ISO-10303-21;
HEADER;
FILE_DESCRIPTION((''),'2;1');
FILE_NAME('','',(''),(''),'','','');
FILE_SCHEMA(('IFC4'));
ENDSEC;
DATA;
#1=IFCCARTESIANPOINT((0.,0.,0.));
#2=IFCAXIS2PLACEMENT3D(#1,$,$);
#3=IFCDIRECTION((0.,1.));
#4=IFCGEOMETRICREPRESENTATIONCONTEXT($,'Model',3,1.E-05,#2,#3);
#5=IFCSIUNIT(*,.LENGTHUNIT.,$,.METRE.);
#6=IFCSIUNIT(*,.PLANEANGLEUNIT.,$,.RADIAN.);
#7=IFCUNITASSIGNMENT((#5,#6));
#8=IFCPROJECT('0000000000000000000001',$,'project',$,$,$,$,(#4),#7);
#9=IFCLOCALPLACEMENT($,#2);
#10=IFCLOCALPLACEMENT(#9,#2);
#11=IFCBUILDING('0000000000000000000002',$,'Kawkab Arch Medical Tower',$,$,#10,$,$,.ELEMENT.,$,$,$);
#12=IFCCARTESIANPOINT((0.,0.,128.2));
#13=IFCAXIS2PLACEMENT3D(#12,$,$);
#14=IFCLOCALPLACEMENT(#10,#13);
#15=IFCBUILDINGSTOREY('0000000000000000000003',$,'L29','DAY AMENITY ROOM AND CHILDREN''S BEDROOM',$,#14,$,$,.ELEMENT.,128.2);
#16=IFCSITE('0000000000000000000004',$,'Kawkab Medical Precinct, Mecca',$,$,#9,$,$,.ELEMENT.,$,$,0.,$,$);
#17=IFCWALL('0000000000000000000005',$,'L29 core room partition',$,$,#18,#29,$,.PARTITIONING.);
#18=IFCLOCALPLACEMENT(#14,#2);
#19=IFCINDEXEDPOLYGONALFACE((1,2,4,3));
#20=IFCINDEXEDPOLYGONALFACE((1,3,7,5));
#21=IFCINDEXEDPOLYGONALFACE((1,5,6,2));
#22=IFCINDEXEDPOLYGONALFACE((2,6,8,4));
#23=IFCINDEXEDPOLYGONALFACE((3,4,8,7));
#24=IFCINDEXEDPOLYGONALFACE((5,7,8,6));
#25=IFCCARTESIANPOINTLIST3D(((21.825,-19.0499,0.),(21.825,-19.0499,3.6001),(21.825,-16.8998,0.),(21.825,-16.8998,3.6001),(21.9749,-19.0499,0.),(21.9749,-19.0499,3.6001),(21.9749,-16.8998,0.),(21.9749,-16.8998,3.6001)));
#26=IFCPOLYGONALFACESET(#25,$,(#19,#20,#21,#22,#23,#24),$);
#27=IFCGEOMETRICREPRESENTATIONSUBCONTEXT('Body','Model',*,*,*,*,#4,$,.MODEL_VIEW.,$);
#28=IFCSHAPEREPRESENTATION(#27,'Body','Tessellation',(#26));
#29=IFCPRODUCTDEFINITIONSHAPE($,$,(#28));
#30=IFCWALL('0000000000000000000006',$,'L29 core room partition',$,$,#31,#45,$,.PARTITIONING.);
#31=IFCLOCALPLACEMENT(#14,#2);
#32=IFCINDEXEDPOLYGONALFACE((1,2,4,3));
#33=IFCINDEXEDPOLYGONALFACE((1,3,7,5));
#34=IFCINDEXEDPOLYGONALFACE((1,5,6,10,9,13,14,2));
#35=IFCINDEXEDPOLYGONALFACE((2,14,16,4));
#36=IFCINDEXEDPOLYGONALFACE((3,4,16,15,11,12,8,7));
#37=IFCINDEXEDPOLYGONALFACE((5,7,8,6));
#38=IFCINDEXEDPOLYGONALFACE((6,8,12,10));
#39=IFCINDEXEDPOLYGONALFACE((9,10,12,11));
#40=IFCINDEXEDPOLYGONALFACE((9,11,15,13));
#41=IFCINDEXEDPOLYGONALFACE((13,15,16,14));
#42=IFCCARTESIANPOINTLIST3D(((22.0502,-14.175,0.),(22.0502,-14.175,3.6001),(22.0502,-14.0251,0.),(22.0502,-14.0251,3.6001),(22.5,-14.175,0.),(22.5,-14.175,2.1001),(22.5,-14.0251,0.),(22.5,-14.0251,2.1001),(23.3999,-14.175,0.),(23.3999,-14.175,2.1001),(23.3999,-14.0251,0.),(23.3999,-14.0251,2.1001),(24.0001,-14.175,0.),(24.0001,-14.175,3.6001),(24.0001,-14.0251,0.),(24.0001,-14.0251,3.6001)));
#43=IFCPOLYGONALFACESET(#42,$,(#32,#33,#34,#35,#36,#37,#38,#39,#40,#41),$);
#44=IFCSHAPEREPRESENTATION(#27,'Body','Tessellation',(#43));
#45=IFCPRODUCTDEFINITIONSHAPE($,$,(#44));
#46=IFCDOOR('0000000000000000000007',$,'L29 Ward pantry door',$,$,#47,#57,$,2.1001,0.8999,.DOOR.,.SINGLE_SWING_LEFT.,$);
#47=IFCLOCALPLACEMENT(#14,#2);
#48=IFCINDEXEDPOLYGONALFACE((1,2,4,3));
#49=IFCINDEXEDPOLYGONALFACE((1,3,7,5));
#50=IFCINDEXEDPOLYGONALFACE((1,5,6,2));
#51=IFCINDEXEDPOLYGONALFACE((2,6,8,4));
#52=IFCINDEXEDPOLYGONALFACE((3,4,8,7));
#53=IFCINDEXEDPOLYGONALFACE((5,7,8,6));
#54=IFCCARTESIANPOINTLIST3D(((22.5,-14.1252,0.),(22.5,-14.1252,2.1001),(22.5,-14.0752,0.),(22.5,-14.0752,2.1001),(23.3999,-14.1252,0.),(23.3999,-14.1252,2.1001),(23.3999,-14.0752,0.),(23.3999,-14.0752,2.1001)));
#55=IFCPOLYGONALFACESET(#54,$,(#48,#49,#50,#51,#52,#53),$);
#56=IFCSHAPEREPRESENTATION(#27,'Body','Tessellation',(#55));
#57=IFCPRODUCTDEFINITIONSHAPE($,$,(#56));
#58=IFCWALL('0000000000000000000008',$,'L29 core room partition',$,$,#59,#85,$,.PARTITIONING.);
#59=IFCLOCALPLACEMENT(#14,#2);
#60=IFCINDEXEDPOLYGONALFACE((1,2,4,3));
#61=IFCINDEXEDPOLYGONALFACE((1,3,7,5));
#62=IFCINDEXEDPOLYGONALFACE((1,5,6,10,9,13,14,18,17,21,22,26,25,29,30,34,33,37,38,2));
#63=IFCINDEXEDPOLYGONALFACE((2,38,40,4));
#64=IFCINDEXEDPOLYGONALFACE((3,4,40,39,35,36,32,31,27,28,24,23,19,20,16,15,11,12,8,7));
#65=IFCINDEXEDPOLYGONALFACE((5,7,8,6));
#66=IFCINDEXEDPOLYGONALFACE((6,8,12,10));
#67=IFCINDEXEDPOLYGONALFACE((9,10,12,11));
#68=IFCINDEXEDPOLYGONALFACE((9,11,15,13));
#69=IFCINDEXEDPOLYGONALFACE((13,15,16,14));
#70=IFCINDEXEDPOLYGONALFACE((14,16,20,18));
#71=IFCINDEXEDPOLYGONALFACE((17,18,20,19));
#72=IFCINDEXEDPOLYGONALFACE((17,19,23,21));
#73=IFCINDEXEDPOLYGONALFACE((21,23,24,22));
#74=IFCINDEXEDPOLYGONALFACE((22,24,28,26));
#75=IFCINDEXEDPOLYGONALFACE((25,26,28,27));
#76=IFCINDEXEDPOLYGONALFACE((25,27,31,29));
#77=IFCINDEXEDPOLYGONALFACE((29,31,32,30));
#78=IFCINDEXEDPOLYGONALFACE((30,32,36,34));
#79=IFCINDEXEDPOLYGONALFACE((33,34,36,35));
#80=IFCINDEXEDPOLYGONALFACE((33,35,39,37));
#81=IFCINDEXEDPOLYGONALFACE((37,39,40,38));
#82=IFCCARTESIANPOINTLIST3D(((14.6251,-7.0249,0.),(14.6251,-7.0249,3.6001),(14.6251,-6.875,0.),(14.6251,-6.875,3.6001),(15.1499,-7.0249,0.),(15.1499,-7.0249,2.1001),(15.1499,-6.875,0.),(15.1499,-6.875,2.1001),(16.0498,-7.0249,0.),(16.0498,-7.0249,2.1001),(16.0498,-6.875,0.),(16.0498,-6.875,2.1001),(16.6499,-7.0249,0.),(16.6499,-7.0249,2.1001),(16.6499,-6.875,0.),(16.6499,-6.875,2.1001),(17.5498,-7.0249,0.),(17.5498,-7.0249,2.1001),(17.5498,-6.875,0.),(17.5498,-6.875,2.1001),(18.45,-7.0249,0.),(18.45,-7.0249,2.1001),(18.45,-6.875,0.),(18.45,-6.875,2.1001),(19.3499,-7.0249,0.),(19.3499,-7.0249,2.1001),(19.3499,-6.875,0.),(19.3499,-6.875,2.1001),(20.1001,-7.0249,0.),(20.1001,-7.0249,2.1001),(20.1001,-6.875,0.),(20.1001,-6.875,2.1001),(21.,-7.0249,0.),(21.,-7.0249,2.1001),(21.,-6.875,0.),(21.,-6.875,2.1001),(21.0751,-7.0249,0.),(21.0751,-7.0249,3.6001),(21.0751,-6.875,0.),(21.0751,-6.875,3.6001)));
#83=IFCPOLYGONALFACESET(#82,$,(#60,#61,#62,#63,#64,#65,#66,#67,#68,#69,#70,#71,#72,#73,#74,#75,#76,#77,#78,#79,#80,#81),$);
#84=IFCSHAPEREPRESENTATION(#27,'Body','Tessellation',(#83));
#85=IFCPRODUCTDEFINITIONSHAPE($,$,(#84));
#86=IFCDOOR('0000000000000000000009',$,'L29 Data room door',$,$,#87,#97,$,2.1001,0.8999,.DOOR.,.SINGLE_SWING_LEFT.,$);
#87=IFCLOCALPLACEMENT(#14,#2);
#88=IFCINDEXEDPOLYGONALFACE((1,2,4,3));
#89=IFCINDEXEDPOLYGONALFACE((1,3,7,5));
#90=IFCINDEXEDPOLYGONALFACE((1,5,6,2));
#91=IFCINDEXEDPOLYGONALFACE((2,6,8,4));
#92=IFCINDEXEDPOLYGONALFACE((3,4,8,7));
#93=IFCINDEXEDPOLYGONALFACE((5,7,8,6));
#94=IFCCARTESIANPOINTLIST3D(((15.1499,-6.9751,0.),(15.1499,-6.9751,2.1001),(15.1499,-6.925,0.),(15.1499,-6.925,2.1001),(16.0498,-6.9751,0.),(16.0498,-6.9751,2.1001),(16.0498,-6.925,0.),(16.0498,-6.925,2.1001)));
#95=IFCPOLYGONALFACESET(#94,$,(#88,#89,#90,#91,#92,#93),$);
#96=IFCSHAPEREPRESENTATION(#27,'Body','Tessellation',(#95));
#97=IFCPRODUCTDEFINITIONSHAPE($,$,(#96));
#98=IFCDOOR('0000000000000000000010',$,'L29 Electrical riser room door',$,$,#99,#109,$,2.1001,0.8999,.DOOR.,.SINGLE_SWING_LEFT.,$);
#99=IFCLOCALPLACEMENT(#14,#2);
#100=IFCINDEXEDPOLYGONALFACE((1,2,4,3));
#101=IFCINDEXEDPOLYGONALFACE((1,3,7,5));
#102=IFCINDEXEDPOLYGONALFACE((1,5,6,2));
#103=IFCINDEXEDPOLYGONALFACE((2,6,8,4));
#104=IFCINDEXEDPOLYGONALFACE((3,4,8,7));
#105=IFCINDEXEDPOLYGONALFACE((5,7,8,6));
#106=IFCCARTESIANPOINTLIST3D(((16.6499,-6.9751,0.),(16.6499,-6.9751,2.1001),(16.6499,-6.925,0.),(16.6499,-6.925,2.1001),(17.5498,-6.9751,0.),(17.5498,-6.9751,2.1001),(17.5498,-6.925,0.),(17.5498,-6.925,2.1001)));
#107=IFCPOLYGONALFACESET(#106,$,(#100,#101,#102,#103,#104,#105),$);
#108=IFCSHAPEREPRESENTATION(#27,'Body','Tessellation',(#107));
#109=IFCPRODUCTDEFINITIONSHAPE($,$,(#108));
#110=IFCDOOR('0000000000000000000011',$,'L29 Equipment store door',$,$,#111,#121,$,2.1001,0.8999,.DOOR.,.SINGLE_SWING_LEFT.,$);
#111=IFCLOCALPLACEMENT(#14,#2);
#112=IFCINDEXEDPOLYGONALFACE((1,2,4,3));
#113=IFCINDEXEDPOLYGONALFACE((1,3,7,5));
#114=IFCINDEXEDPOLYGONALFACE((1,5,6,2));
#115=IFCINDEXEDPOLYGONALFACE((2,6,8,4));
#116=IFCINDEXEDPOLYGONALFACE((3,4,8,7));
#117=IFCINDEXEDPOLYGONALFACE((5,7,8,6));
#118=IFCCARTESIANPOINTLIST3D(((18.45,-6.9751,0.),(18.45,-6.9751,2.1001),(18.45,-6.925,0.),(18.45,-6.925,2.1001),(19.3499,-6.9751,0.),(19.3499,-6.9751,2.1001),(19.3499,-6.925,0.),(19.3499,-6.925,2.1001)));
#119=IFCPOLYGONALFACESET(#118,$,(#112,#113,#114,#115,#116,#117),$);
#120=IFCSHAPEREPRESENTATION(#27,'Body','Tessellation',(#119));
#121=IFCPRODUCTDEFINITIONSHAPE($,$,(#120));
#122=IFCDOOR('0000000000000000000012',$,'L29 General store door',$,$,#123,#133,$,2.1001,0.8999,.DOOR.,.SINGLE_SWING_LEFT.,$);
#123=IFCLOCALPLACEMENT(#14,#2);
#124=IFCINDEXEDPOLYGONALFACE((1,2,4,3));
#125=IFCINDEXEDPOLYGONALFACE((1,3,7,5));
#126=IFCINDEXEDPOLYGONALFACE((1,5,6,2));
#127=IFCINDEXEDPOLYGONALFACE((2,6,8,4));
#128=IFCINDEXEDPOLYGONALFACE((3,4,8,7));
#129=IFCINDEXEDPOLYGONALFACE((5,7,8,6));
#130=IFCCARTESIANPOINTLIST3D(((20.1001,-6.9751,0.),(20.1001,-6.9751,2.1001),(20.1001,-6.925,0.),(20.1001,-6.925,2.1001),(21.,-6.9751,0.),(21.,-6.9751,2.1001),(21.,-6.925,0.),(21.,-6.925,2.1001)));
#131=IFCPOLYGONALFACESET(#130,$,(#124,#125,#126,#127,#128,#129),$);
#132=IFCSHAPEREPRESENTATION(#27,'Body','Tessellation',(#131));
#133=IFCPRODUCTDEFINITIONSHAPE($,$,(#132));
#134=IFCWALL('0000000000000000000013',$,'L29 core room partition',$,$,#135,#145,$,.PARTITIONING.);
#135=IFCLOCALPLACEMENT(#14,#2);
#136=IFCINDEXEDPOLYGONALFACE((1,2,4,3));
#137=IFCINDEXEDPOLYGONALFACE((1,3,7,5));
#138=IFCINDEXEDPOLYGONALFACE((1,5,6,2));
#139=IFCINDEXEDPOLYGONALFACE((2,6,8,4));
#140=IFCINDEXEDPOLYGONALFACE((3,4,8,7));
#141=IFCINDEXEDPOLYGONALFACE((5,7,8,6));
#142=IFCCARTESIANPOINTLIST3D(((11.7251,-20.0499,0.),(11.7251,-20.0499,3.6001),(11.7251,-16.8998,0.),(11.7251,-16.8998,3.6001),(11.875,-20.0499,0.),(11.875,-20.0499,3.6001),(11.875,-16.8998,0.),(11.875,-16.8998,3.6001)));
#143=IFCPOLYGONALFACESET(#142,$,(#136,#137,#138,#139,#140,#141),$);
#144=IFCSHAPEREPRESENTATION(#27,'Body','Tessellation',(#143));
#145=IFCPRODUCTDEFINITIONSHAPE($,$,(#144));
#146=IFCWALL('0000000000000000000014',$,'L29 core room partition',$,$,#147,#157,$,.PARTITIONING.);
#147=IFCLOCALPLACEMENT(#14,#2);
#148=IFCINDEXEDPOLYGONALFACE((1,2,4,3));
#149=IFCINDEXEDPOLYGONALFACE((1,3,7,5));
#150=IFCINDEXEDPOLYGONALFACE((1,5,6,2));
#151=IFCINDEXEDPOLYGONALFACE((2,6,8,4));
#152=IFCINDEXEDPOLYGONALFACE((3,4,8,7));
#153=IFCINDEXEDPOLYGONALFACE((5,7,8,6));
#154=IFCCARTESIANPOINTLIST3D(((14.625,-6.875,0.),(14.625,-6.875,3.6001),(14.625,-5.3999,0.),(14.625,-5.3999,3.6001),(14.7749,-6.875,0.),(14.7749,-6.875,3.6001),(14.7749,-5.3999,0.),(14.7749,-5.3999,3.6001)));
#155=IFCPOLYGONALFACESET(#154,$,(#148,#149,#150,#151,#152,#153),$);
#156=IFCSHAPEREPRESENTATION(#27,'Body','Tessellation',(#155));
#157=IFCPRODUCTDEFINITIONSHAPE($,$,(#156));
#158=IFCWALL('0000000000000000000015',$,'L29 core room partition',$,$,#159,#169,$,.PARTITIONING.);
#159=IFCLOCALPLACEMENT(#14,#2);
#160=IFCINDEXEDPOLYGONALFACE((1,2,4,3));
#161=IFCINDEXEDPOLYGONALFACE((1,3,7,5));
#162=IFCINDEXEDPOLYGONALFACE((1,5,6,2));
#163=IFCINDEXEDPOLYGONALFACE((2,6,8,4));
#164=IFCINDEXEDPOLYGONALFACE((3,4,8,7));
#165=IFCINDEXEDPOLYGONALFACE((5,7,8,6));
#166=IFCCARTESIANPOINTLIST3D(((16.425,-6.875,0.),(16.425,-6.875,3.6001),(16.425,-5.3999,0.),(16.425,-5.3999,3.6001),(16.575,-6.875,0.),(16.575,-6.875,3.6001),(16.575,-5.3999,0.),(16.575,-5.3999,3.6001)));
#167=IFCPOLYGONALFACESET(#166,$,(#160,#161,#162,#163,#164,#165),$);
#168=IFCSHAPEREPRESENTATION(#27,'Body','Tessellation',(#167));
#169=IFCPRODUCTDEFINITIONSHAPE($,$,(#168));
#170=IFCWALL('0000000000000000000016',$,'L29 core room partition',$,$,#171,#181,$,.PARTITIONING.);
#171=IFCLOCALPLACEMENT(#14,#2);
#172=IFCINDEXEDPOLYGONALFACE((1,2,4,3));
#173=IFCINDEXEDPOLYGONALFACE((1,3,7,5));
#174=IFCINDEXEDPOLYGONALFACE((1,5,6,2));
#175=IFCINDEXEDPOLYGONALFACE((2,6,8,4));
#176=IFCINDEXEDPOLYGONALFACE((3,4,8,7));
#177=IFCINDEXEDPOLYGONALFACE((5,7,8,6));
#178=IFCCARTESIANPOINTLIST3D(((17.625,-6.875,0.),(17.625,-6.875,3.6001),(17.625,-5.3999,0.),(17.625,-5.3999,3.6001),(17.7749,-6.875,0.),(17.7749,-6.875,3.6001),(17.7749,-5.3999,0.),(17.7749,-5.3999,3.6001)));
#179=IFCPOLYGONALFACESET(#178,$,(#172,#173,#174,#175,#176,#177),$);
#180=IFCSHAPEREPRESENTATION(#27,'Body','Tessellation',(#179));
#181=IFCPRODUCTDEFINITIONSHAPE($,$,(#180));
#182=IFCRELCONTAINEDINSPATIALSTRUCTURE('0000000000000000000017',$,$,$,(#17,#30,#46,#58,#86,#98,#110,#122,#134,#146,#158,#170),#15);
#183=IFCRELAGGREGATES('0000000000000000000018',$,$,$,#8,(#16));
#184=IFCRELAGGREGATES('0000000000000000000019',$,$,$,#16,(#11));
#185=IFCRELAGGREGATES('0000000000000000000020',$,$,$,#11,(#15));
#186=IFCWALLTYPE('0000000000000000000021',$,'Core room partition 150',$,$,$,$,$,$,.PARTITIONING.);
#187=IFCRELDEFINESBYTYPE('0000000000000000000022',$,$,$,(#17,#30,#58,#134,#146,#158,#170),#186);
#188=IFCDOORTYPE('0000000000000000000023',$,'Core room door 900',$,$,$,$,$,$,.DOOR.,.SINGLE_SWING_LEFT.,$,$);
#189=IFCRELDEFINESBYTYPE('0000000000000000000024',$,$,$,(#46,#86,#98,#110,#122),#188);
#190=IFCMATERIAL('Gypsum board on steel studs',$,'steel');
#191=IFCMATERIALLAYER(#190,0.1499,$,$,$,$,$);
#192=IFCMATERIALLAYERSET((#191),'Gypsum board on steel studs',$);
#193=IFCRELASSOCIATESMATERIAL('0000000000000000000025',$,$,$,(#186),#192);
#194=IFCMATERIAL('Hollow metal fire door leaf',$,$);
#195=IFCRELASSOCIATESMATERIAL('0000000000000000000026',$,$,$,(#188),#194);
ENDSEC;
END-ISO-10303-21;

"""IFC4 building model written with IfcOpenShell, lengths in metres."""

from ifc_helpers import new_model, si_unit, direction, frame, frame_2d, origin, place, context, subcontext, project, spatial, rectangle, extrude, material, layer, layer_set, type_object, element, fill, save


model = new_model("IFC4")

# Units and contexts
model_context = context("Model", 3, precision=1e-05, world=origin(), true_north=direction((0.0, 1.0)))
body_context = subcontext(model_context, "Body", "Model", "MODEL_VIEW")
ifc_project = project(units=[si_unit("LENGTHUNIT", "METRE"), si_unit("PLANEANGLEUNIT", "RADIAN")], contexts=[model_context])

# Site, building, storey
site_placement = place(None, origin())
site = spatial("IfcSite", under=ifc_project, at=site_placement, Name="Kawkab Medical Precinct, Mecca", CompositionType="ELEMENT", RefElevation=0.0)
building_placement = place(site_placement, origin())
building = spatial("IfcBuilding", under=site, at=building_placement, Name="Kawkab Arch Medical Tower", CompositionType="ELEMENT")
storey_placement = place(building_placement, frame((0.0, 0.0, 128.2)))
storey = spatial("IfcBuildingStorey", under=building, at=storey_placement, Name="L29", Description="DAY AMENITY ROOM AND CHILDREN'S BEDROOM", CompositionType="ELEMENT", Elevation=128.2)

# Wall
ifc_material_1 = material(Name="Gypsum board on steel studs", Category="steel")
ifc_layer_1 = layer(ifc_material_1, 0.1499)
ifc_layer_set_1 = layer_set([ifc_layer_1], Name="Gypsum board on steel studs")
wall_type_1 = type_object("IfcWallType", Name="Core room partition 150", PredefinedType="PARTITIONING", material=ifc_layer_set_1)
wall_1_placement = place(storey_placement, frame((21.8999, -19.05, 0.0), z_axis=(0.0, 0.0, 1.0), x_axis=(0.0, 1.0, 0.0)))
element("IfcWall", 1, at=wall_1_placement, inside=storey, type_object=wall_type_1, Name="L29 core room partition", PredefinedType="PARTITIONING", context=body_context, shape_type="SweptSolid", body=[
    extrude(rectangle(XDim=2.1501, YDim=0.1499, at=frame_2d((1.0752, 0.0))), origin(), (0.0, 0.0, 1.0), 3.6001),
])

# Wall, opening, door
wall_2_placement = place(storey_placement, frame((22.05, -14.1001, 0.0), z_axis=(0.0, 0.0, 1.0), x_axis=(1.0, 0.0, 0.0)))
wall_2 = element("IfcWall", 2, at=wall_2_placement, inside=storey, type_object=wall_type_1, Name="L29 core room partition", PredefinedType="PARTITIONING", context=body_context, shape_type="SweptSolid", body=[
    extrude(rectangle(XDim=1.95, YDim=0.1499, at=frame_2d((0.9751, 0.0))), origin(), (0.0, 0.0, 1.0), 3.6001),
])
opening_1_placement = place(wall_2_placement, frame((0.45, 0.0, 0.0)))
opening_1 = element("IfcOpeningElement", 3, at=opening_1_placement, cuts=wall_2, PredefinedType="OPENING", context=body_context, shape_type="SweptSolid", body=[
    extrude(rectangle(XDim=0.8999, YDim=2.1001, at=frame_2d((0.45, 1.05))), frame((0.0, 0.085, 0.0), z_axis=(0.0, -1.0, 0.0), x_axis=(1.0, 0.0, 0.0)), (0.0, 0.0, 1.0), 0.1699),
])
ifc_material_2 = material(Name="Hollow metal fire door leaf")
door_type = type_object("IfcDoorType", Name="Core room door 900", OperationType="SINGLE_SWING_LEFT", PredefinedType="DOOR", material=ifc_material_2)
door_1_placement = place(opening_1_placement, origin())
door_1 = element("IfcDoor", 4, at=door_1_placement, inside=storey, type_object=door_type, Name="L29 Ward pantry door", OperationType="SINGLE_SWING_LEFT", OverallHeight=2.1001, OverallWidth=0.8999, PredefinedType="DOOR", context=body_context, shape_type="SweptSolid", body=[
    extrude(rectangle(XDim=0.8999, YDim=2.1001, at=frame_2d((0.45, 1.05))), frame((0.0, 0.0249, 0.0), z_axis=(0.0, -1.0, 0.0), x_axis=(1.0, 0.0, 0.0)), (0.0, 0.0, 1.0), 0.05),
])
fill(opening_1, door_1)

# Wall, openings, doors
wall_3_placement = place(storey_placement, frame((14.625, -6.95, 0.0), z_axis=(0.0, 0.0, 1.0), x_axis=(1.0, 0.0, 0.0)))
wall_3 = element("IfcWall", 5, at=wall_3_placement, inside=storey, type_object=wall_type_1, Name="L29 core room partition", PredefinedType="PARTITIONING", context=body_context, shape_type="SweptSolid", body=[
    extrude(rectangle(XDim=6.45, YDim=0.1499, at=frame_2d((3.2251, 0.0))), origin(), (0.0, 0.0, 1.0), 3.6001),
])
opening_2_placement = place(wall_3_placement, frame((0.5249, 0.0, 0.0)))
opening_2 = element("IfcOpeningElement", 6, at=opening_2_placement, cuts=wall_3, PredefinedType="OPENING", context=body_context, shape_type="SweptSolid", body=[
    extrude(rectangle(XDim=0.8999, YDim=2.1001, at=frame_2d((0.45, 1.05))), frame((0.0, 0.085, 0.0), z_axis=(0.0, -1.0, 0.0), x_axis=(1.0, 0.0, 0.0)), (0.0, 0.0, 1.0), 0.1699),
])
opening_3_placement = place(wall_3_placement, frame((2.0249, 0.0, 0.0)))
opening_3 = element("IfcOpeningElement", 7, at=opening_3_placement, cuts=wall_3, PredefinedType="OPENING", context=body_context, shape_type="SweptSolid", body=[
    extrude(rectangle(XDim=0.8999, YDim=2.1001, at=frame_2d((0.45, 1.05))), frame((0.0, 0.085, 0.0), z_axis=(0.0, -1.0, 0.0), x_axis=(1.0, 0.0, 0.0)), (0.0, 0.0, 1.0), 0.1699),
])
opening_4_placement = place(wall_3_placement, frame((3.825, 0.0, 0.0)))
opening_4 = element("IfcOpeningElement", 8, at=opening_4_placement, cuts=wall_3, PredefinedType="OPENING", context=body_context, shape_type="SweptSolid", body=[
    extrude(rectangle(XDim=0.8999, YDim=2.1001, at=frame_2d((0.45, 1.05))), frame((0.0, 0.085, 0.0), z_axis=(0.0, -1.0, 0.0), x_axis=(1.0, 0.0, 0.0)), (0.0, 0.0, 1.0), 0.1699),
])
opening_5_placement = place(wall_3_placement, frame((5.4751, 0.0, 0.0)))
opening_5 = element("IfcOpeningElement", 9, at=opening_5_placement, cuts=wall_3, PredefinedType="OPENING", context=body_context, shape_type="SweptSolid", body=[
    extrude(rectangle(XDim=0.8999, YDim=2.1001, at=frame_2d((0.45, 1.05))), frame((0.0, 0.085, 0.0), z_axis=(0.0, -1.0, 0.0), x_axis=(1.0, 0.0, 0.0)), (0.0, 0.0, 1.0), 0.1699),
])
door_2_placement = place(opening_2_placement, origin())
door_2 = element("IfcDoor", 10, at=door_2_placement, inside=storey, type_object=door_type, Name="L29 Data room door", OperationType="SINGLE_SWING_LEFT", OverallHeight=2.1001, OverallWidth=0.8999, PredefinedType="DOOR", context=body_context, shape_type="SweptSolid", body=[
    extrude(rectangle(XDim=0.8999, YDim=2.1001, at=frame_2d((0.45, 1.05))), frame((0.0, 0.0249, 0.0), z_axis=(0.0, -1.0, 0.0), x_axis=(1.0, 0.0, 0.0)), (0.0, 0.0, 1.0), 0.05),
])
fill(opening_2, door_2)
door_3_placement = place(opening_3_placement, origin())
door_3 = element("IfcDoor", 11, at=door_3_placement, inside=storey, type_object=door_type, Name="L29 Electrical riser room door", OperationType="SINGLE_SWING_LEFT", OverallHeight=2.1001, OverallWidth=0.8999, PredefinedType="DOOR", context=body_context, shape_type="SweptSolid", body=[
    extrude(rectangle(XDim=0.8999, YDim=2.1001, at=frame_2d((0.45, 1.05))), frame((0.0, 0.0249, 0.0), z_axis=(0.0, -1.0, 0.0), x_axis=(1.0, 0.0, 0.0)), (0.0, 0.0, 1.0), 0.05),
])
fill(opening_3, door_3)
door_4_placement = place(opening_4_placement, origin())
door_4 = element("IfcDoor", 12, at=door_4_placement, inside=storey, type_object=door_type, Name="L29 Equipment store door", OperationType="SINGLE_SWING_LEFT", OverallHeight=2.1001, OverallWidth=0.8999, PredefinedType="DOOR", context=body_context, shape_type="SweptSolid", body=[
    extrude(rectangle(XDim=0.8999, YDim=2.1001, at=frame_2d((0.45, 1.05))), frame((0.0, 0.0249, 0.0), z_axis=(0.0, -1.0, 0.0), x_axis=(1.0, 0.0, 0.0)), (0.0, 0.0, 1.0), 0.05),
])
fill(opening_4, door_4)
door_5_placement = place(opening_5_placement, origin())
door_5 = element("IfcDoor", 13, at=door_5_placement, inside=storey, type_object=door_type, Name="L29 General store door", OperationType="SINGLE_SWING_LEFT", OverallHeight=2.1001, OverallWidth=0.8999, PredefinedType="DOOR", context=body_context, shape_type="SweptSolid", body=[
    extrude(rectangle(XDim=0.8999, YDim=2.1001, at=frame_2d((0.45, 1.05))), frame((0.0, 0.0249, 0.0), z_axis=(0.0, -1.0, 0.0), x_axis=(1.0, 0.0, 0.0)), (0.0, 0.0, 1.0), 0.05),
])
fill(opening_5, door_5)

# Walls
wall_4_placement = place(storey_placement, frame((11.8, -20.05, 0.0), z_axis=(0.0, 0.0, 1.0), x_axis=(0.0, 1.0, 0.0)))
element("IfcWall", 14, at=wall_4_placement, inside=storey, type_object=wall_type_1, Name="L29 core room partition", PredefinedType="PARTITIONING", context=body_context, shape_type="SweptSolid", body=[
    extrude(rectangle(XDim=3.1501, YDim=0.1499, at=frame_2d((1.5752, 0.0))), origin(), (0.0, 0.0, 1.0), 3.6001),
])
for number, where, z_axis, x_axis, name in (
    (15, (14.7, -6.875, 0.0), (0.0, 0.0, 1.0), (0.0, 1.0, 0.0), "L29 core room partition"),
    (16, (16.5, -6.875, 0.0), (0.0, 0.0, 1.0), (0.0, 1.0, 0.0), "L29 core room partition"),
    (17, (17.7, -6.875, 0.0), (0.0, 0.0, 1.0), (0.0, 1.0, 0.0), "L29 core room partition"),
):
    element("IfcWall", number, at=place(storey_placement, frame(where, z_axis=z_axis, x_axis=x_axis)), inside=storey, type_object=wall_type_1, Name=name, PredefinedType="PARTITIONING", context=body_context, shape_type="SweptSolid", body=[
        extrude(rectangle(XDim=1.4751, YDim=0.1499, at=frame_2d((0.7375, 0.0))), origin(), (0.0, 0.0, 1.0), 3.6001),
    ])

save(model, "model.ifc")
